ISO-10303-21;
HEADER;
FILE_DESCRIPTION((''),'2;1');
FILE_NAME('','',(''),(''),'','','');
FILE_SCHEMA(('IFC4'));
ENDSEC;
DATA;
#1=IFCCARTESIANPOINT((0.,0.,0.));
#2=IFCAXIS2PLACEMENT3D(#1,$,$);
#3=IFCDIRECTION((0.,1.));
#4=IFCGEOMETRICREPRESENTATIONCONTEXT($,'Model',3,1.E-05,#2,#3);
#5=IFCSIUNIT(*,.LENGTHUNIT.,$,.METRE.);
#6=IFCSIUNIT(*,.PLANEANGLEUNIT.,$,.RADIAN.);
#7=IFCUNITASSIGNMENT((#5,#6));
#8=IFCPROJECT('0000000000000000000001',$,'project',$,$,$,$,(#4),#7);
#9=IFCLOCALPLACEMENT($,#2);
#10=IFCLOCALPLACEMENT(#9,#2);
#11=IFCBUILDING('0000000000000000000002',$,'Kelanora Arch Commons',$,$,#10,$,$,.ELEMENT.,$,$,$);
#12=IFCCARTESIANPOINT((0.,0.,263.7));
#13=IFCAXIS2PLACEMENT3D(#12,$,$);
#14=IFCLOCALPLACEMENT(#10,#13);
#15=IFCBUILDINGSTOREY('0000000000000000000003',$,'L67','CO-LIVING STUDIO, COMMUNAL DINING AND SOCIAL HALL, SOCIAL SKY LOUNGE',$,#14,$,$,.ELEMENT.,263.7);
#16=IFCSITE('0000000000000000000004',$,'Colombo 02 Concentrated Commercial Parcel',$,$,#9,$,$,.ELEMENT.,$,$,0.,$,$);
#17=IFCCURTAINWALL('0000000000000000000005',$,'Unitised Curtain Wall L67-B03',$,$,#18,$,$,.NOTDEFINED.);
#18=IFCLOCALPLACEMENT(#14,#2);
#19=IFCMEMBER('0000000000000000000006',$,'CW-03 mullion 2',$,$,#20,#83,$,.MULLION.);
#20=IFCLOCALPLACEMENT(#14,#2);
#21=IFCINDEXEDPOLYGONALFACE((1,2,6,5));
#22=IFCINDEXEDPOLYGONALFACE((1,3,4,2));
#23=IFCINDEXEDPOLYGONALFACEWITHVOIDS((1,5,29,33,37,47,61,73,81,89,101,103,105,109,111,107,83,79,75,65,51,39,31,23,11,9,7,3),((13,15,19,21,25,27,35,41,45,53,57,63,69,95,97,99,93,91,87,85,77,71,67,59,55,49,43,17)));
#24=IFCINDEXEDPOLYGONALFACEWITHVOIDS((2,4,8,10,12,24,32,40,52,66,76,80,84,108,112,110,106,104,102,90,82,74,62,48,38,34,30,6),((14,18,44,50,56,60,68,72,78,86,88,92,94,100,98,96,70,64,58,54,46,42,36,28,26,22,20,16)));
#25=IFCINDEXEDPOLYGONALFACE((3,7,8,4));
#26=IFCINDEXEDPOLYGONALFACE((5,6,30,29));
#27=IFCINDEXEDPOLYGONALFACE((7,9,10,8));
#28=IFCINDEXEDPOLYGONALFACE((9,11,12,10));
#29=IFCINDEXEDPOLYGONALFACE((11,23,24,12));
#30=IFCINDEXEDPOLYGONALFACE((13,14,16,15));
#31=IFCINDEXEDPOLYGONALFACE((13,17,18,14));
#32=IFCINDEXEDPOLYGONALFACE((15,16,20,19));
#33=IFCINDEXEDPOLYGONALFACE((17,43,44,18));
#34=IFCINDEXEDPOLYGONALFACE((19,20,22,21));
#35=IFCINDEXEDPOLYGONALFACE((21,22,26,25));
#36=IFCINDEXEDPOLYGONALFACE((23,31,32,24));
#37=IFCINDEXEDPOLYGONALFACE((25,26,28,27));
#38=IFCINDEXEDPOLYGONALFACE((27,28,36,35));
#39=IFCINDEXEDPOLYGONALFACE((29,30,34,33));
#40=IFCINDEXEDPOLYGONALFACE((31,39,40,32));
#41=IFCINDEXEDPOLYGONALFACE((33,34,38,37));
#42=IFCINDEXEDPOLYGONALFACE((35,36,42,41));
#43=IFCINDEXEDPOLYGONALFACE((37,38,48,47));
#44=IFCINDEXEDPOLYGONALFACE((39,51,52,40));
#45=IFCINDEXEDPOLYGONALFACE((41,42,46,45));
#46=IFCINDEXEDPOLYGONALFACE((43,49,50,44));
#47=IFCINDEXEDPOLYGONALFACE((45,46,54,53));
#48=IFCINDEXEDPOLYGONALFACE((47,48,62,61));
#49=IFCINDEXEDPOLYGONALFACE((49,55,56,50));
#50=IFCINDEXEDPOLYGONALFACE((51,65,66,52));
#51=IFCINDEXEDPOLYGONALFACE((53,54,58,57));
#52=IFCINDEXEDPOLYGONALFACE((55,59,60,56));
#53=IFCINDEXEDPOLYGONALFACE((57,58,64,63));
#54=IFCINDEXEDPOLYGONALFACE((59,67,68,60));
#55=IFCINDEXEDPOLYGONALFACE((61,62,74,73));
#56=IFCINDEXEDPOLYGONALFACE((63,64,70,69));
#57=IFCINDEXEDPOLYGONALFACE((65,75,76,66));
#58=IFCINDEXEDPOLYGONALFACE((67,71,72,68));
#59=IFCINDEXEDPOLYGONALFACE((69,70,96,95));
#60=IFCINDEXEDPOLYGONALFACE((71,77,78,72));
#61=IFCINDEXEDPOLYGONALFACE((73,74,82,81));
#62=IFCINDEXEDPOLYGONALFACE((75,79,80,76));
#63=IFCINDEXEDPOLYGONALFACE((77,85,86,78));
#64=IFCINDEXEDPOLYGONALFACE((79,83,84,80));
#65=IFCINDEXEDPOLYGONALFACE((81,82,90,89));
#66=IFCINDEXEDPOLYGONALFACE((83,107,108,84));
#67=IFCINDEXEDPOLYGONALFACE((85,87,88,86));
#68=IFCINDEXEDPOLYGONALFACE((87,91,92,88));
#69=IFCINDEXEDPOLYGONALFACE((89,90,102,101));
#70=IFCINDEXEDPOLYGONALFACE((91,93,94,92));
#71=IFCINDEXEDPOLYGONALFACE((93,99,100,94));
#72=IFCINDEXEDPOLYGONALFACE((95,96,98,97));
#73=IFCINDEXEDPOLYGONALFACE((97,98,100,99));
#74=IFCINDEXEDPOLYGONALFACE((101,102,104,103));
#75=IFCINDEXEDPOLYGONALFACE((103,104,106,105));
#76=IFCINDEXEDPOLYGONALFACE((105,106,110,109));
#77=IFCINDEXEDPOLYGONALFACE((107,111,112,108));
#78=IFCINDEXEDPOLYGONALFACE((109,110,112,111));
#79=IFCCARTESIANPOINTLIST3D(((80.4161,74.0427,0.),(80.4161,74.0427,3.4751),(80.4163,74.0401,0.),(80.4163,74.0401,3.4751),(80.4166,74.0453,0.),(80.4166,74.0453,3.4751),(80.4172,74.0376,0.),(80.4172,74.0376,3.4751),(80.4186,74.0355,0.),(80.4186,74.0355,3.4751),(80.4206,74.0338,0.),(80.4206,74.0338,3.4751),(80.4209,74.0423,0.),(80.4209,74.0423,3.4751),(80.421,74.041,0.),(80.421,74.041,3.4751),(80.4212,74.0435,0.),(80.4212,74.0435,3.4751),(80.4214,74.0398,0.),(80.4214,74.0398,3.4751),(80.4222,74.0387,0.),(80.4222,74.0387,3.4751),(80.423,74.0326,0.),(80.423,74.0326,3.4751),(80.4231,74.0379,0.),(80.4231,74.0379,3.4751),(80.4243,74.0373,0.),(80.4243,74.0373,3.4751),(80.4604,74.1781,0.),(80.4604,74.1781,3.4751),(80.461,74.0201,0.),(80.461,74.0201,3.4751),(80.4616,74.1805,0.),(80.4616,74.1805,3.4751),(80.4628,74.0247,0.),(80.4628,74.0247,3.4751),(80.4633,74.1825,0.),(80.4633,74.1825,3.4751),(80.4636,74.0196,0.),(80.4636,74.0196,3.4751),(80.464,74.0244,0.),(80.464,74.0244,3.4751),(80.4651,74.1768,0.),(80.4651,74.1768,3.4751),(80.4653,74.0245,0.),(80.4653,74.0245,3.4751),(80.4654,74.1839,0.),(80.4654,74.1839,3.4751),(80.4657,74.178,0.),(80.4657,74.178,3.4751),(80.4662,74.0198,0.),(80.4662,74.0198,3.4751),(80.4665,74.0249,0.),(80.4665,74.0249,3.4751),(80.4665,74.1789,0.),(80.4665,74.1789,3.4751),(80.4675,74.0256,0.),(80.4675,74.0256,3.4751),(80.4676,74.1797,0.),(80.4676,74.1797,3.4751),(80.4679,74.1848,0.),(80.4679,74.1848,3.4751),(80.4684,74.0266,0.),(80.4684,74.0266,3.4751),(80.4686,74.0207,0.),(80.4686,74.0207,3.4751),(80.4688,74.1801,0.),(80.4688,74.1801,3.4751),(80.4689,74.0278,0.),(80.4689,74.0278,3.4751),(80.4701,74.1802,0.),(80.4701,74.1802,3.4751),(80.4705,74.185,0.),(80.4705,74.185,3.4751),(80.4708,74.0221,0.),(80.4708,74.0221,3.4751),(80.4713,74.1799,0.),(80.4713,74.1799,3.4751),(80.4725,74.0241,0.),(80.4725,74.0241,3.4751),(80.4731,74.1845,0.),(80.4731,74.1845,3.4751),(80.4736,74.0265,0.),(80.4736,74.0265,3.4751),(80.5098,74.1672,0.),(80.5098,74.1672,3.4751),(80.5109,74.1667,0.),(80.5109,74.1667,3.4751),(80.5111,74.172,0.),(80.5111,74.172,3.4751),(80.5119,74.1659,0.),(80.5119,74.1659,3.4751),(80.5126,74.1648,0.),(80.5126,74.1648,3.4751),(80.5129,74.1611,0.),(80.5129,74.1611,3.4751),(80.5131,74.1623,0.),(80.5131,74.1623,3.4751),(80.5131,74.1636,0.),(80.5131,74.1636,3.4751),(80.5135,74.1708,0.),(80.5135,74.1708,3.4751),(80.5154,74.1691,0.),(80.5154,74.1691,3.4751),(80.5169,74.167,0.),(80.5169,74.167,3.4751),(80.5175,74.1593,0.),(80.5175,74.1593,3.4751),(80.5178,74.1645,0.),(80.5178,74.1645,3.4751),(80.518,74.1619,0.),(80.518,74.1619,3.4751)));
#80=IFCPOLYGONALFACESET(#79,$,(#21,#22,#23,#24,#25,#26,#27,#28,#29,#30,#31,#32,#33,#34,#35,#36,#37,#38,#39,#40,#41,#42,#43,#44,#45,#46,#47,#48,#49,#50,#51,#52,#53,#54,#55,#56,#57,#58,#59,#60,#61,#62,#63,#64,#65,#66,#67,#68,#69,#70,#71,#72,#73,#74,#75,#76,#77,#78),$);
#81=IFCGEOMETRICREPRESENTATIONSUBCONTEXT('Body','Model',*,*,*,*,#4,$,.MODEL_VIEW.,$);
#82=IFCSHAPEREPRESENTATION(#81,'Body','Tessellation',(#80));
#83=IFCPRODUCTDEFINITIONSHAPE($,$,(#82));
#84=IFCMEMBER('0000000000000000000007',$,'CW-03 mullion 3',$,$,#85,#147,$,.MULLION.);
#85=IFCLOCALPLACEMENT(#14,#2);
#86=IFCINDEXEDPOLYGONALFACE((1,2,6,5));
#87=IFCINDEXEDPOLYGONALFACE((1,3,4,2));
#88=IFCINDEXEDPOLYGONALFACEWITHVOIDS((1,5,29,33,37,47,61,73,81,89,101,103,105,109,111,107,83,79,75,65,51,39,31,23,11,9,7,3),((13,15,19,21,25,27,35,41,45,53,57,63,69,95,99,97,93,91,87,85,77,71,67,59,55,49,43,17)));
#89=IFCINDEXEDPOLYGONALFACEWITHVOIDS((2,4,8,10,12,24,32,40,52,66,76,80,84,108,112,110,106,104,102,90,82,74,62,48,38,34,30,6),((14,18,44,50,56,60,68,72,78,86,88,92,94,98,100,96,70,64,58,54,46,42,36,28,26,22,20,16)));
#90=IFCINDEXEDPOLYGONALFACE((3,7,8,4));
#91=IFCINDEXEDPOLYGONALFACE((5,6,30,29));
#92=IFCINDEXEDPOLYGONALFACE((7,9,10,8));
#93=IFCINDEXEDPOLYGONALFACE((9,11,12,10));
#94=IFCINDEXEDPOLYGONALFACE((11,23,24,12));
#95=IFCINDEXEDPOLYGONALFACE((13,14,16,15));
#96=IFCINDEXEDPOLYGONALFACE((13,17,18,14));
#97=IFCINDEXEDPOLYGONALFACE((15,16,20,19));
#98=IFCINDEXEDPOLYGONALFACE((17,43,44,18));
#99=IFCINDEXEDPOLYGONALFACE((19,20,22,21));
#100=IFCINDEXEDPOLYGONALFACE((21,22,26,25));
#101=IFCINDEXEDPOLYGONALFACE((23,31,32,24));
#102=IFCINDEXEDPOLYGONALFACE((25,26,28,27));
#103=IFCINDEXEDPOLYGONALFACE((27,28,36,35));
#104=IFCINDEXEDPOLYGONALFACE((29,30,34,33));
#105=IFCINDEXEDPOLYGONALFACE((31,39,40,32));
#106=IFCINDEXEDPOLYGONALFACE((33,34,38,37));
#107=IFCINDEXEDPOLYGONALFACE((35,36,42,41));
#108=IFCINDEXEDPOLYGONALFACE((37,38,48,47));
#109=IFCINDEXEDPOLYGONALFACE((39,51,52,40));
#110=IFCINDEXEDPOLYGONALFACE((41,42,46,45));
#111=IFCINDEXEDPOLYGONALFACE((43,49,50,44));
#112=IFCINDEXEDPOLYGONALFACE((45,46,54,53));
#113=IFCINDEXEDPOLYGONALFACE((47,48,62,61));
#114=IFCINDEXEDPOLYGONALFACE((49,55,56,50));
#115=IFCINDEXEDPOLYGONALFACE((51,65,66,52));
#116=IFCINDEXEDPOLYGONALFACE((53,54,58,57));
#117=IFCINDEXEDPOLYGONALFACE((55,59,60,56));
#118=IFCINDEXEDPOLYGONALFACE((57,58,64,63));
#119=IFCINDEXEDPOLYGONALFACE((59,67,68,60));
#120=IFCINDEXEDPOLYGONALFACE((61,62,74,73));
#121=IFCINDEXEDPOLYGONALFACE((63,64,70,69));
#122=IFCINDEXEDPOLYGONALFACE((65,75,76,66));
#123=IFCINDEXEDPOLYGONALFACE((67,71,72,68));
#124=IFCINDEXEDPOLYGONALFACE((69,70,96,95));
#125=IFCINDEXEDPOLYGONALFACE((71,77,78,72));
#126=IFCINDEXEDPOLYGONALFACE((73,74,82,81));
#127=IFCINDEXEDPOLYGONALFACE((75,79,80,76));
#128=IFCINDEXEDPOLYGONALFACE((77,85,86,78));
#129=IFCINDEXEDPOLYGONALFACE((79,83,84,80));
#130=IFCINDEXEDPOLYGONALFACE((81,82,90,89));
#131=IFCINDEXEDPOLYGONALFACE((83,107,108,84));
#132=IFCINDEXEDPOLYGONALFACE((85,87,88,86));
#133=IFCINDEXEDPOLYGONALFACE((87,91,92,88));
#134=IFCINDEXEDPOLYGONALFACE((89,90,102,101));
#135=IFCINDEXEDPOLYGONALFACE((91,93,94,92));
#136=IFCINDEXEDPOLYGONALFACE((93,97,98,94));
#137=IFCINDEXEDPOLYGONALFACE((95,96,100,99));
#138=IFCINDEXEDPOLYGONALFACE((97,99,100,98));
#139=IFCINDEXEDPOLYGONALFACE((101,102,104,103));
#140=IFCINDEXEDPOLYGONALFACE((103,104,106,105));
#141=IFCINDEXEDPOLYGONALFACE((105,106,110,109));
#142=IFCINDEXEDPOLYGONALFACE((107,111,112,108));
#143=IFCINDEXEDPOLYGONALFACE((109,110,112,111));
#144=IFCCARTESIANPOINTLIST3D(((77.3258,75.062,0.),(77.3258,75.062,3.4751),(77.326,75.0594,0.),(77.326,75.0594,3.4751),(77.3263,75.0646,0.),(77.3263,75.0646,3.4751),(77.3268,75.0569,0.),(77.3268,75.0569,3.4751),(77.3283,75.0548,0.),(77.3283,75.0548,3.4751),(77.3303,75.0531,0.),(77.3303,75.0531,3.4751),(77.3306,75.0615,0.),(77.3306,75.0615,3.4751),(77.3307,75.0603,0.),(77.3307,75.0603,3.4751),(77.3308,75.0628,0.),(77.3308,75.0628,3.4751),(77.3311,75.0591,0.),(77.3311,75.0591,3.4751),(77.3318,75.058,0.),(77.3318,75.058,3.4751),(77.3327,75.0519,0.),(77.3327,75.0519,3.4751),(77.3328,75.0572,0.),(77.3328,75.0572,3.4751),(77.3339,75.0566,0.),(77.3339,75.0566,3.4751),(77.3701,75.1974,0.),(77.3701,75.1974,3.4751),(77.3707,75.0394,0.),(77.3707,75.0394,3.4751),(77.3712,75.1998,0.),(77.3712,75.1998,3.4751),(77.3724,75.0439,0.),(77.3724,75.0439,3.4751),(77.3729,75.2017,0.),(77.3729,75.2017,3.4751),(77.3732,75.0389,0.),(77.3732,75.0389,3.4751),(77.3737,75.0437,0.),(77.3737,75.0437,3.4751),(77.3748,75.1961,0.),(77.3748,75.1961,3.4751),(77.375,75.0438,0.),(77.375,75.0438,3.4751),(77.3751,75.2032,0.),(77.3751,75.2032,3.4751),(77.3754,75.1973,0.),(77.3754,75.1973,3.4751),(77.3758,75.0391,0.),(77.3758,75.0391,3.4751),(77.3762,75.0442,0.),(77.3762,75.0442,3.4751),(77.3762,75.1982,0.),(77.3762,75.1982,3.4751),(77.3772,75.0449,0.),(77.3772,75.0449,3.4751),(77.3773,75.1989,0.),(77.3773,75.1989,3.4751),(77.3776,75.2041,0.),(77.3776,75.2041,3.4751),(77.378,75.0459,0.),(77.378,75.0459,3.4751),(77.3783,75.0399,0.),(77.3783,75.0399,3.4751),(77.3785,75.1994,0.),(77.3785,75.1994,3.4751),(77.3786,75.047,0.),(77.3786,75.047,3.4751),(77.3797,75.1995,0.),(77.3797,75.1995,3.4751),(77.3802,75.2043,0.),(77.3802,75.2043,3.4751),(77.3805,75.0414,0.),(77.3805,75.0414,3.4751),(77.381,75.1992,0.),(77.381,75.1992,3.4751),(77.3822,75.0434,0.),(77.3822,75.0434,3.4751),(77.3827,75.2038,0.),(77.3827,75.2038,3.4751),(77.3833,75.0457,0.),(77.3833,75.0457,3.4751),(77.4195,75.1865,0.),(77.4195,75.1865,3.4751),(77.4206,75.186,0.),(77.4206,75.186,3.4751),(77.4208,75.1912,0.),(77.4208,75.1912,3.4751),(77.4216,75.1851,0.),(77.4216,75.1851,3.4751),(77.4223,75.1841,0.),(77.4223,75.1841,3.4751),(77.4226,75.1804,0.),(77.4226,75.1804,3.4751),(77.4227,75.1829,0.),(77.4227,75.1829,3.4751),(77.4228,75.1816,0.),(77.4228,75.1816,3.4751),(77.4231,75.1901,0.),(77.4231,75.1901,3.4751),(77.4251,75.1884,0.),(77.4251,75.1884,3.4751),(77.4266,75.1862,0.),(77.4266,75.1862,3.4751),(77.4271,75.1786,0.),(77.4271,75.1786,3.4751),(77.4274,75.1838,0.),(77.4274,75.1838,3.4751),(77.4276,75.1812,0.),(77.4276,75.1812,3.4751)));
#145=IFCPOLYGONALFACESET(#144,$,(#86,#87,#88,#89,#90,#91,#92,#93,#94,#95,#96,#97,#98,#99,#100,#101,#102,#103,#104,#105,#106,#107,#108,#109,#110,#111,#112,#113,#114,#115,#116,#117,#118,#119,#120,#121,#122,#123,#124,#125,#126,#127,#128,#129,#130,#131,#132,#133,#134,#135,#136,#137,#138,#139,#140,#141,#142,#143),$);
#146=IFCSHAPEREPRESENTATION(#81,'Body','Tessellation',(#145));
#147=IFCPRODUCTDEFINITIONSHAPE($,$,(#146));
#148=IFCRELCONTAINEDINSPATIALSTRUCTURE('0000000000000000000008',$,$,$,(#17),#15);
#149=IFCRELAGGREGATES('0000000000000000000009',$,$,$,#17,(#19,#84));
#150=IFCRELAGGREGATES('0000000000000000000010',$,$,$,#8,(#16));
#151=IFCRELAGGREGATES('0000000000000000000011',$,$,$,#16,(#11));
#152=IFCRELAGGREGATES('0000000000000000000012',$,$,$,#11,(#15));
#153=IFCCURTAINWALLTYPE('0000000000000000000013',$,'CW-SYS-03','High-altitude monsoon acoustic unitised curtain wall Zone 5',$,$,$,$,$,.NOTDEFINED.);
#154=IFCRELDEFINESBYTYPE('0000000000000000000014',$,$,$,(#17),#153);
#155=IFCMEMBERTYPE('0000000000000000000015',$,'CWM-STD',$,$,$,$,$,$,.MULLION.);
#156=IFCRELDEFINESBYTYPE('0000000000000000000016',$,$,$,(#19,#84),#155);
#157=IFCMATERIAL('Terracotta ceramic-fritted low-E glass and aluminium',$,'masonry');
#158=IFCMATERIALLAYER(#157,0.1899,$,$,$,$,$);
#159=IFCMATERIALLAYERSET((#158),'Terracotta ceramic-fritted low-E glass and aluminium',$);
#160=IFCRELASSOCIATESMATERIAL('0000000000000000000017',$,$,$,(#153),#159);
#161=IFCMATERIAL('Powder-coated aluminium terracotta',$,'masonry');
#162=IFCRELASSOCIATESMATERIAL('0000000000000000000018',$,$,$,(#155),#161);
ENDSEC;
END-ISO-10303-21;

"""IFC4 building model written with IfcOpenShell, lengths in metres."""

from ifc_helpers import new_model, si_unit, direction, frame, origin, origin_2d, place, context, subcontext, project, spatial, hollow_rectangle, extrude, material, layer, layer_set, material_profile, profile_set, type_object, element, aggregate, save


model = new_model("IFC4")

# Units and contexts
model_context = context("Model", 3, precision=1e-05, world=origin(), true_north=direction((0.0, 1.0)))
body_context = subcontext(model_context, "Body", "Model", "MODEL_VIEW")
ifc_project = project(units=[si_unit("LENGTHUNIT", "METRE"), si_unit("PLANEANGLEUNIT", "RADIAN")], contexts=[model_context])

# Site, building, storey
site_placement = place(None, origin())
site = spatial("IfcSite", under=ifc_project, at=site_placement, Name="Colombo 02 Concentrated Commercial Parcel", CompositionType="ELEMENT", RefElevation=0.0)
building_placement = place(site_placement, origin())
building = spatial("IfcBuilding", under=site, at=building_placement, Name="Kelanora Arch Commons", CompositionType="ELEMENT")
storey_placement = place(building_placement, frame((0.0, 0.0, 263.7)))
storey = spatial("IfcBuildingStorey", under=building, at=storey_placement, Name="L67", Description="CO-LIVING STUDIO, COMMUNAL DINING AND SOCIAL HALL, SOCIAL SKY LOUNGE", CompositionType="ELEMENT", Elevation=263.7)

# Curtain wall, members
ifc_material_1 = material(Name="Terracotta ceramic-fritted low-E glass and aluminium", Category="masonry")
ifc_layer_1 = layer(ifc_material_1, 0.1899)
ifc_layer_set_1 = layer_set([ifc_layer_1], Name="Terracotta ceramic-fritted low-E glass and aluminium")
curtain_wall_type = type_object("IfcCurtainWallType", Name="CW-SYS-03", Description="High-altitude monsoon acoustic unitised curtain wall Zone 5", PredefinedType="NOTDEFINED", material=ifc_layer_set_1)
curtain_wall_placement = place(storey_placement, origin())
curtain_wall = element("IfcCurtainWall", 1, at=curtain_wall_placement, inside=storey, type_object=curtain_wall_type, Name="Unitised Curtain Wall L67-B03", PredefinedType="NOTDEFINED")
ifc_material_2 = material(Name="Powder-coated aluminium terracotta", Category="masonry")
ifc_material_profile_1 = material_profile(ifc_material_2, hollow_rectangle(XDim=0.1599, YDim=0.0601, WallThickness=0.0049, InnerFilletRadius=0.0049, OuterFilletRadius=0.01, at=origin_2d()), Name="CWM160x60")
ifc_profile_set_1 = profile_set([ifc_material_profile_1], Name="Powder-coated aluminium terracotta")
member_type_1 = type_object("IfcMemberType", Name="CWM-STD", PredefinedType="MULLION", material=ifc_profile_set_1)
member_1_placement = place(storey_placement, frame((80.467, 74.1023, 0.0), z_axis=(0.0, 0.0, 1.0), x_axis=(-0.313253, -0.94967, 0.0)))
member_1 = element("IfcMember", 2, at=member_1_placement, type_object=member_type_1, Name="CW-03 mullion 2", PredefinedType="MULLION", context=body_context, shape_type="SweptSolid", body=[
    extrude(hollow_rectangle(XDim=0.1599, YDim=0.0601, WallThickness=0.0049, InnerFilletRadius=0.0049, OuterFilletRadius=0.01, at=origin_2d()), origin(), (0.0, 0.0, 1.0), 3.4751),
])
member_2_placement = place(storey_placement, frame((77.3767, 75.1216, 0.0), z_axis=(0.0, 0.0, 1.0), x_axis=(-0.313253, -0.94967, 0.0)))
member_2 = element("IfcMember", 3, at=member_2_placement, type_object=member_type_1, Name="CW-03 mullion 3", PredefinedType="MULLION", context=body_context, shape_type="SweptSolid", body=[
    extrude(hollow_rectangle(XDim=0.1599, YDim=0.0601, WallThickness=0.0049, InnerFilletRadius=0.0049, OuterFilletRadius=0.01, at=origin_2d()), origin(), (0.0, 0.0, 1.0), 3.4751),
])
aggregate(curtain_wall, [member_1, member_2])

save(model, "model.ifc")
